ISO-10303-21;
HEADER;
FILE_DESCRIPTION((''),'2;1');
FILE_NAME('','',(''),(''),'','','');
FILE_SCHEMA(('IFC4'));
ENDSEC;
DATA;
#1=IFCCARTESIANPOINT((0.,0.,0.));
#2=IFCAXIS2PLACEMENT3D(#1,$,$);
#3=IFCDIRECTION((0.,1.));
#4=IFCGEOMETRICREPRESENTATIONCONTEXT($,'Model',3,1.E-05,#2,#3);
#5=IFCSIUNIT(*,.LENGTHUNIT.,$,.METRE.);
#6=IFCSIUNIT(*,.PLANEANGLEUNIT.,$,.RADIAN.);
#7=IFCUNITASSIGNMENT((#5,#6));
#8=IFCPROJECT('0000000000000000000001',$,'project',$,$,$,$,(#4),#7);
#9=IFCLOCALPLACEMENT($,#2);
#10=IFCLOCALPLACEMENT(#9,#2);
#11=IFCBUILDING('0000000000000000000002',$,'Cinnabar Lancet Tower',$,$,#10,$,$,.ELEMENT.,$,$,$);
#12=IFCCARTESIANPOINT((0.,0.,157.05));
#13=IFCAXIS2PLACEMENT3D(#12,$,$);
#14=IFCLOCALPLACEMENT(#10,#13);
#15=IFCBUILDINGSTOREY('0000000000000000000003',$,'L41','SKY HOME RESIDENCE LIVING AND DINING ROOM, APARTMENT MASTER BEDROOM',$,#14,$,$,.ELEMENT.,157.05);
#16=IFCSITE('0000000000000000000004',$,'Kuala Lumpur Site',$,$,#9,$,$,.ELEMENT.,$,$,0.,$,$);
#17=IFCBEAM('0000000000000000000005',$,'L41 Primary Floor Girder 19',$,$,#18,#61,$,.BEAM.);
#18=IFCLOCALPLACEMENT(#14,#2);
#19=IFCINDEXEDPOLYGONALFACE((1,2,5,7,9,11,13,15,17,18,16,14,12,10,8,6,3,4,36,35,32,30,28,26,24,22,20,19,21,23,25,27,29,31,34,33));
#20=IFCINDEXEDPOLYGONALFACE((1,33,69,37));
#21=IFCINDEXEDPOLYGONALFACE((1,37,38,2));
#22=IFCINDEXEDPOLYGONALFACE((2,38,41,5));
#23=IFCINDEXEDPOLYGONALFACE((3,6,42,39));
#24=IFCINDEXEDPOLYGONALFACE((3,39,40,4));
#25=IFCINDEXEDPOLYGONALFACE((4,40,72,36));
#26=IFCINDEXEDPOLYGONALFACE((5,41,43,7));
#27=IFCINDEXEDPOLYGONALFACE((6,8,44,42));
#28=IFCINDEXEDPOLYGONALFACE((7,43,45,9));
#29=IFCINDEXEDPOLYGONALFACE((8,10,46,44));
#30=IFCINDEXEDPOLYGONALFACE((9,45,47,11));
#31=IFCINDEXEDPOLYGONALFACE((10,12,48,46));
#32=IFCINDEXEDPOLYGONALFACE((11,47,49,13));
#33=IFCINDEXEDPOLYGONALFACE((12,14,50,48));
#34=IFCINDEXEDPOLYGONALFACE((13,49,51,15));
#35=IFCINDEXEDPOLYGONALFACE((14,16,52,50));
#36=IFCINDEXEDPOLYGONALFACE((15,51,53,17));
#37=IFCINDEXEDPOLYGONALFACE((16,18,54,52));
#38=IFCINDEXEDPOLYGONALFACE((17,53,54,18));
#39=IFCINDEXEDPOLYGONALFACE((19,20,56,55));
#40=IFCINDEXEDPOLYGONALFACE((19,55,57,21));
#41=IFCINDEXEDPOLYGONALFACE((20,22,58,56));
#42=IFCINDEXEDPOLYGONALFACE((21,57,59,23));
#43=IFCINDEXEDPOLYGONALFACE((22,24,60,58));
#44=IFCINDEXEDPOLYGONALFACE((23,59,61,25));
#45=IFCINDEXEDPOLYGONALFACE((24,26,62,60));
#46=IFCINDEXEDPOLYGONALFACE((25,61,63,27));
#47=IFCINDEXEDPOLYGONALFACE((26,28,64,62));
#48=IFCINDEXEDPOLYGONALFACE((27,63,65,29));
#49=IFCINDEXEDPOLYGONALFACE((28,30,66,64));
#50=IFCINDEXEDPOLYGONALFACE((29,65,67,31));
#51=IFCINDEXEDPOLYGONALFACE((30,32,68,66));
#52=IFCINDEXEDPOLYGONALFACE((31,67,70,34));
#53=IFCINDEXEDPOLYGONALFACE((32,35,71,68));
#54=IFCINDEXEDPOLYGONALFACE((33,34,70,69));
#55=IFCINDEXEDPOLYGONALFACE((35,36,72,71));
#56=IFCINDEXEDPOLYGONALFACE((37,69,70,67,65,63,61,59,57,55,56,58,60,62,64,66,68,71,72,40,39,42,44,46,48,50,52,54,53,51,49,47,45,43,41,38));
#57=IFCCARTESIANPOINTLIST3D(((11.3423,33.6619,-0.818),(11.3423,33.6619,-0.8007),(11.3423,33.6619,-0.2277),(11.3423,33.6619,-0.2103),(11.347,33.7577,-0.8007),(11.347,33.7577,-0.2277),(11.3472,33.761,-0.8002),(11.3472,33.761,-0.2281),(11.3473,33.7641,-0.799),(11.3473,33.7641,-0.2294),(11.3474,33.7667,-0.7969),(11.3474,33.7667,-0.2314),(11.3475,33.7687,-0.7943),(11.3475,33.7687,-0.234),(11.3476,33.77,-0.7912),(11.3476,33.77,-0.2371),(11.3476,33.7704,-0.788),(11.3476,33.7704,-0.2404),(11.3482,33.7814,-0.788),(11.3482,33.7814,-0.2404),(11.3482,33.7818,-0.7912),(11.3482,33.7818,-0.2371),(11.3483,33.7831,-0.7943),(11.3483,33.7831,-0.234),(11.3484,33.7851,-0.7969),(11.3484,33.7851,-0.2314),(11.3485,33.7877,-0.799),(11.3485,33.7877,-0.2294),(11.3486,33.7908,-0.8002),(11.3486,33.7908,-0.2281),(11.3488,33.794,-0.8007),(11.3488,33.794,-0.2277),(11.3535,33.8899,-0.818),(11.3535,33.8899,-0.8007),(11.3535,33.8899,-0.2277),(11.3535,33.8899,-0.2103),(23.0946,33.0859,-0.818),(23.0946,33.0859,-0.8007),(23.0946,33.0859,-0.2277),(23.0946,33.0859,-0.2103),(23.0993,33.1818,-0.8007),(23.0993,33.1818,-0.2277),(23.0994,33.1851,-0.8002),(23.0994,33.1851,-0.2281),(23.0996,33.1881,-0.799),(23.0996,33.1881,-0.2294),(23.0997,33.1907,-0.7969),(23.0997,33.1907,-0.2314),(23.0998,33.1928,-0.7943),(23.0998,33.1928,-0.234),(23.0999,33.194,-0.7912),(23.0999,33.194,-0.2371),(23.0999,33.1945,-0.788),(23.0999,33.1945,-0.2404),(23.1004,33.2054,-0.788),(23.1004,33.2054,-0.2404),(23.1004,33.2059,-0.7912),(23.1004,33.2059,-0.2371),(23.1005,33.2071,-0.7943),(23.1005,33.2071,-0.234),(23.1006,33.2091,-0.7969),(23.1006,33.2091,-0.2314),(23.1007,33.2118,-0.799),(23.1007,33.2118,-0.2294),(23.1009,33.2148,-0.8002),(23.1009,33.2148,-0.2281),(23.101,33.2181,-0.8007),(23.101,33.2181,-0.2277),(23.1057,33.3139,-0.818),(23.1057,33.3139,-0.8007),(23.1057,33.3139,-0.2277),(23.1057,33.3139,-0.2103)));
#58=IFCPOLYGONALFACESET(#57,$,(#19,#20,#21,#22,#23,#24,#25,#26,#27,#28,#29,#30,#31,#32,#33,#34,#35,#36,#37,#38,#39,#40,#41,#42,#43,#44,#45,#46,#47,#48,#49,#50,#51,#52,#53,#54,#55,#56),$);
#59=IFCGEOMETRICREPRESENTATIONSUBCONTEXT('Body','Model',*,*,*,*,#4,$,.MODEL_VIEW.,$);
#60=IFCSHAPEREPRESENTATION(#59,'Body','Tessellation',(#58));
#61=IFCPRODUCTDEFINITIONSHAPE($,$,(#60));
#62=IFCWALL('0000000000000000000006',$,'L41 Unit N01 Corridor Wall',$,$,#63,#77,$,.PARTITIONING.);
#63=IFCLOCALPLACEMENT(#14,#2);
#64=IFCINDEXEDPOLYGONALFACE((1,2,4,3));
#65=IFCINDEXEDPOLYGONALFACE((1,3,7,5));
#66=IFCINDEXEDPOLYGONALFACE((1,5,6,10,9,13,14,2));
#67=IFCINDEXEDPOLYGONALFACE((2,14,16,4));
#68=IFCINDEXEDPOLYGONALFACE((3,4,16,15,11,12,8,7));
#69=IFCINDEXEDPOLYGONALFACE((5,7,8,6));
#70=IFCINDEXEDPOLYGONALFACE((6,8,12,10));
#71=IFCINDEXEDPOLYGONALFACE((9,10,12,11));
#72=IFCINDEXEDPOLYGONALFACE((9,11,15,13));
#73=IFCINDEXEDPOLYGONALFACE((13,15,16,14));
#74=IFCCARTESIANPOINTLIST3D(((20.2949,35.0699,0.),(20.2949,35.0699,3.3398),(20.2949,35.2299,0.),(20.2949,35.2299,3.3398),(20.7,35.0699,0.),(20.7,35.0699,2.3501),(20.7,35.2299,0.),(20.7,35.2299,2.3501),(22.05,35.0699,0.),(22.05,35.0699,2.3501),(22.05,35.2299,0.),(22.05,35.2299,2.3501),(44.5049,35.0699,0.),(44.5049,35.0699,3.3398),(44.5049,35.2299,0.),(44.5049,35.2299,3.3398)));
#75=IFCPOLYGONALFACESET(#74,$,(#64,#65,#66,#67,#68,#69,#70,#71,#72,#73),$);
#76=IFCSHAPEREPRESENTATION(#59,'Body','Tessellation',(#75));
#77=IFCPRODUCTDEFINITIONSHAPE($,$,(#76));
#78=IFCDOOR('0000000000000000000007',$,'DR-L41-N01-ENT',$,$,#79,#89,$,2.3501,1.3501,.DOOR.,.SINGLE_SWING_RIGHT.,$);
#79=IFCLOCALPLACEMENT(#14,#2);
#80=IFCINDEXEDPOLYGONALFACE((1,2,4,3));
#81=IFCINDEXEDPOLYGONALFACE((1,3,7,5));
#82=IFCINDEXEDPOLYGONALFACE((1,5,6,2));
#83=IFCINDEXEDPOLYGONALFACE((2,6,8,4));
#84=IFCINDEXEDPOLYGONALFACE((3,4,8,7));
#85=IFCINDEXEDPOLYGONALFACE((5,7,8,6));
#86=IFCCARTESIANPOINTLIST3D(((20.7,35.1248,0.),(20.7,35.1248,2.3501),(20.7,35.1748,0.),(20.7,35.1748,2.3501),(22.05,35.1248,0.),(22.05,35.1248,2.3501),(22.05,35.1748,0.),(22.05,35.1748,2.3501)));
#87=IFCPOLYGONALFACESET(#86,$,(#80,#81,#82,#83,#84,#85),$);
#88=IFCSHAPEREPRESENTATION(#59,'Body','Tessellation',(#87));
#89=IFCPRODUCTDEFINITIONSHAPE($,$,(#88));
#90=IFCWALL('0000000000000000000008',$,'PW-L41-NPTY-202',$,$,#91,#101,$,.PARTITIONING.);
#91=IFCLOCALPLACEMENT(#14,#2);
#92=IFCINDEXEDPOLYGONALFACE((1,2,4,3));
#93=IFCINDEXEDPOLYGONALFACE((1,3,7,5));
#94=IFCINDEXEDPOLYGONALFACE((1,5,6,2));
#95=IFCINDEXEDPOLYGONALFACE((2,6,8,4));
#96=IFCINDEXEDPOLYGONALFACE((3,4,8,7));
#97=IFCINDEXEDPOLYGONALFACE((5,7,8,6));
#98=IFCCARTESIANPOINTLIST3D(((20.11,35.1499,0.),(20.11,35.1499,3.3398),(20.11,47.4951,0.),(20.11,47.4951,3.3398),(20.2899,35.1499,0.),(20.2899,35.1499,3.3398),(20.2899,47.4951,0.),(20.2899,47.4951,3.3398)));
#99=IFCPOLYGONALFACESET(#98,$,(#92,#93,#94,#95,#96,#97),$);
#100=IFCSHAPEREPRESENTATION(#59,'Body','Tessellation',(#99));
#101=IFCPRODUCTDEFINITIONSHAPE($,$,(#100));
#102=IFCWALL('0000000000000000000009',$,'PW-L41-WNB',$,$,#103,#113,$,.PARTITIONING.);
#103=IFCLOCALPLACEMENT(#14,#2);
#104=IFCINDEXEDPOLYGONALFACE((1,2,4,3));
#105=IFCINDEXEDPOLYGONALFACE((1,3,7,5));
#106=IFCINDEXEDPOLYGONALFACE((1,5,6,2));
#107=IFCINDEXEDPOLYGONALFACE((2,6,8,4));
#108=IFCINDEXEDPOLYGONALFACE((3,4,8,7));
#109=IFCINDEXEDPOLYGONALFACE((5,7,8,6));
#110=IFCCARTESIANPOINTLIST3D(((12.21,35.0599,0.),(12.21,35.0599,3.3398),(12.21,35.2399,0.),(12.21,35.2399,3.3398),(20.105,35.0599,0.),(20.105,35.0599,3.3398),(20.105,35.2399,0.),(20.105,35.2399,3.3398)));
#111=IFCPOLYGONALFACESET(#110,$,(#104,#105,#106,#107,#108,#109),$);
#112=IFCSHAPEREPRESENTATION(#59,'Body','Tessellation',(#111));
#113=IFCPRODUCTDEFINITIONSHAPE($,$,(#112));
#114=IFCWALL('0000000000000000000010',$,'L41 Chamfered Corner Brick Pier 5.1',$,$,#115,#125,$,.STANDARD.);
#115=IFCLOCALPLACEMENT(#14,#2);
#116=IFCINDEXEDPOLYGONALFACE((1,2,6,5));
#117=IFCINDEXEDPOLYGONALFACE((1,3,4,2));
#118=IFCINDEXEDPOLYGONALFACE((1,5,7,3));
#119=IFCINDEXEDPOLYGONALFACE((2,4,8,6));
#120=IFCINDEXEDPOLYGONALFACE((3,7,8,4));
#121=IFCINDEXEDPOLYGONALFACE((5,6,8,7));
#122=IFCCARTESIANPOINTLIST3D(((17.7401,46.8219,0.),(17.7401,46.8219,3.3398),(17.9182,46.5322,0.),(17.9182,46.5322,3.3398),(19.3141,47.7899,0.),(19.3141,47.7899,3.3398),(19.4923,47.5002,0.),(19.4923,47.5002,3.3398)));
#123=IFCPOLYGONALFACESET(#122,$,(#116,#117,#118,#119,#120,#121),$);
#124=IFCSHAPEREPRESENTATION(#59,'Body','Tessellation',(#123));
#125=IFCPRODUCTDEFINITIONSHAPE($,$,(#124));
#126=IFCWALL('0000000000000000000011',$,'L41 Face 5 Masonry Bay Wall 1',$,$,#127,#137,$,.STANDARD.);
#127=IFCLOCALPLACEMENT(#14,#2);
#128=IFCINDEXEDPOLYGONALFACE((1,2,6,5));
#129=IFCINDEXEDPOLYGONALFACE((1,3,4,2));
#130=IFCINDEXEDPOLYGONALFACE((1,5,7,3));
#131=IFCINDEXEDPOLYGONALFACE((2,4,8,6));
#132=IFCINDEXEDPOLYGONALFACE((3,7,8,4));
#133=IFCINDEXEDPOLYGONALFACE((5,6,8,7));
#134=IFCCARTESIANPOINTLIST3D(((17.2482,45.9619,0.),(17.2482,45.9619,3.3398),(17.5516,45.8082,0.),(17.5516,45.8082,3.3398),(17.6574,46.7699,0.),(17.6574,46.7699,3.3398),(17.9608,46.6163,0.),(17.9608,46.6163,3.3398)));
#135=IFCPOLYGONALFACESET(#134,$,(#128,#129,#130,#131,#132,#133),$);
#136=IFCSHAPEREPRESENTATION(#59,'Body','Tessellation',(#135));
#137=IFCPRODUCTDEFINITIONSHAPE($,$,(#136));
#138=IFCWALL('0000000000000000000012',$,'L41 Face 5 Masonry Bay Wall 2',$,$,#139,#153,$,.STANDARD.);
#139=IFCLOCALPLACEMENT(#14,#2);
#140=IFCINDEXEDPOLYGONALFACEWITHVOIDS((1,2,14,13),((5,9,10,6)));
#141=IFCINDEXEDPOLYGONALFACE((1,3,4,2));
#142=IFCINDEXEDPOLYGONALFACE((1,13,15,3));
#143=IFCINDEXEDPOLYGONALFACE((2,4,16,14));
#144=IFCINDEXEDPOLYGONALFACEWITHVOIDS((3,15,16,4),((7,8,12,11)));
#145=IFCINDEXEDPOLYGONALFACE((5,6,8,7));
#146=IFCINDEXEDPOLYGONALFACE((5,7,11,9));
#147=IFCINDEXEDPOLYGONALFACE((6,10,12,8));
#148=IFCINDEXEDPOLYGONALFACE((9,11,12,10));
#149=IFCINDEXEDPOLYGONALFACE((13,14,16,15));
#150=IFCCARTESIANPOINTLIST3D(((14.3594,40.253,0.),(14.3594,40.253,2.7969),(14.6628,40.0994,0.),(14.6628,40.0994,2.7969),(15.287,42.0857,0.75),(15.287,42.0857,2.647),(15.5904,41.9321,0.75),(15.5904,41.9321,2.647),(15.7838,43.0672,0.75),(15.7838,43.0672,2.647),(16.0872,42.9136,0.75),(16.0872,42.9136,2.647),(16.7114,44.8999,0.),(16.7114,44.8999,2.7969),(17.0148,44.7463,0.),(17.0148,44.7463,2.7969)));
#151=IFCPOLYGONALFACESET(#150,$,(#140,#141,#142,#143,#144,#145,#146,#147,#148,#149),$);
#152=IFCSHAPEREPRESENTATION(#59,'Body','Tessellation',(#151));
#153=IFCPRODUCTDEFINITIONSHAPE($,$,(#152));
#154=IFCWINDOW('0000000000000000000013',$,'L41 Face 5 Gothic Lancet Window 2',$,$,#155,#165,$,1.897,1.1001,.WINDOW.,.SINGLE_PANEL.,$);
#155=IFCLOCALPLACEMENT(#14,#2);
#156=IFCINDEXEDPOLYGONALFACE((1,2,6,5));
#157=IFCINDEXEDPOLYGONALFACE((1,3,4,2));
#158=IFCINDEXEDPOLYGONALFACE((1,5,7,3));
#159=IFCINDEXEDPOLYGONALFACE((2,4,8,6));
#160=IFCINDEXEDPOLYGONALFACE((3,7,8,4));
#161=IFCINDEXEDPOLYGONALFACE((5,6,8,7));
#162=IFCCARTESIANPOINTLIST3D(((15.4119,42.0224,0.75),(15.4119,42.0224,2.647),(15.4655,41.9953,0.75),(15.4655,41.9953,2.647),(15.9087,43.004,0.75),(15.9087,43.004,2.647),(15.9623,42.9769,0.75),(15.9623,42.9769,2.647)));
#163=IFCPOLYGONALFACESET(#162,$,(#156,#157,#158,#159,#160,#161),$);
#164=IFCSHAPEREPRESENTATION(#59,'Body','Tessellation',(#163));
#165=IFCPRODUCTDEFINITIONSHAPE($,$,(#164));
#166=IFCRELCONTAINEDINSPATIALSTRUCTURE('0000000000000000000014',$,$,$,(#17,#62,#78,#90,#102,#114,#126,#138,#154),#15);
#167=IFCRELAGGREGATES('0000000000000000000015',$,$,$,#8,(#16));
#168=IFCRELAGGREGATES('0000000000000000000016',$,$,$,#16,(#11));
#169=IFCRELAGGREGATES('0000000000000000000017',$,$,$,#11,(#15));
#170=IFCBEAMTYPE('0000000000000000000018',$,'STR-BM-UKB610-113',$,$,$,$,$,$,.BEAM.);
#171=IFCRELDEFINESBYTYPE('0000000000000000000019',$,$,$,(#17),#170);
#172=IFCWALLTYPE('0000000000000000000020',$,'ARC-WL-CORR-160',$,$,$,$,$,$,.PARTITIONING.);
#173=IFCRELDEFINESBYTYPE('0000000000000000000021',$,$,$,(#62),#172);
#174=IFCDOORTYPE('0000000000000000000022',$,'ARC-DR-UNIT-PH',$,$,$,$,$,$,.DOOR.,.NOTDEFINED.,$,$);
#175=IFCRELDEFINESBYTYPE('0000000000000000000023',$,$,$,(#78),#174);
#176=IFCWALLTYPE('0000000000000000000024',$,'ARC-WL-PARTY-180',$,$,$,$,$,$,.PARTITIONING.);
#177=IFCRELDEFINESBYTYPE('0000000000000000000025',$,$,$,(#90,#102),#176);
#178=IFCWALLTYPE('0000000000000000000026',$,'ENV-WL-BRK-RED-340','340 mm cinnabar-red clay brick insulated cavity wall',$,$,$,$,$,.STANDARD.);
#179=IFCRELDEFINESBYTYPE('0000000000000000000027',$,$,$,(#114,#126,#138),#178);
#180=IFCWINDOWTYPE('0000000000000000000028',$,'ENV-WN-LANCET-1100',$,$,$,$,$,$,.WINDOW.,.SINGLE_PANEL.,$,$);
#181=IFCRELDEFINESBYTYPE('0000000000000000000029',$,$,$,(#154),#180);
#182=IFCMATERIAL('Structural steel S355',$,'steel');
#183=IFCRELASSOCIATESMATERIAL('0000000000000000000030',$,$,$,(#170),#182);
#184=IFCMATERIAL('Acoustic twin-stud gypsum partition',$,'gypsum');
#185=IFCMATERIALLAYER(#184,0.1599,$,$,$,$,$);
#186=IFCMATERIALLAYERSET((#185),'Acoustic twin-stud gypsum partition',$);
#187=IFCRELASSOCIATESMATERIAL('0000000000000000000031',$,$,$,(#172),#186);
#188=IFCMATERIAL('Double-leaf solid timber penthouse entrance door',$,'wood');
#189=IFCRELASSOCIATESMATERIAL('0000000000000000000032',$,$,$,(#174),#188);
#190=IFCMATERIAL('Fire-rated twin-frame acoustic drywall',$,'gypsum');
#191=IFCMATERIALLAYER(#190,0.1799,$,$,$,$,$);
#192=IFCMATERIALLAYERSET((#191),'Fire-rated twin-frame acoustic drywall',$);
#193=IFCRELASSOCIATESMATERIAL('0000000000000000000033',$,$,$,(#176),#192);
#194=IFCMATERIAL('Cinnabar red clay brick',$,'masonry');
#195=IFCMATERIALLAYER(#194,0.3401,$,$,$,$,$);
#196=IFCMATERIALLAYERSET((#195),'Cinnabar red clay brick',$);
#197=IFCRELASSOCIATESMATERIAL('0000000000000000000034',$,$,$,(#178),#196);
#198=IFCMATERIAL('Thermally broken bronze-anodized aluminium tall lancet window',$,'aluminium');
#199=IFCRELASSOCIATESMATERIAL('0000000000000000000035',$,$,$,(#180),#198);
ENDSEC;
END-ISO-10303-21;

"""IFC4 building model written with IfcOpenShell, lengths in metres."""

from ifc_helpers import new_model, si_unit, direction, frame, frame_2d, origin, origin_2d, place, context, subcontext, project, spatial, rectangle, i_section, extrude, material, layer, layer_set, material_profile, profile_set, type_object, element, fill, save


model = new_model("IFC4")

# Units and contexts
model_context = context("Model", 3, precision=1e-05, world=origin(), true_north=direction((0.0, 1.0)))
body_context = subcontext(model_context, "Body", "Model", "MODEL_VIEW")
ifc_project = project(units=[si_unit("LENGTHUNIT", "METRE"), si_unit("PLANEANGLEUNIT", "RADIAN")], contexts=[model_context])

# Site, building, storey
site_placement = place(None, origin())
site = spatial("IfcSite", under=ifc_project, at=site_placement, Name="Kuala Lumpur Site", CompositionType="ELEMENT", RefElevation=0.0)
building_placement = place(site_placement, origin())
building = spatial("IfcBuilding", under=site, at=building_placement, Name="Cinnabar Lancet Tower", CompositionType="ELEMENT")
storey_placement = place(building_placement, frame((0.0, 0.0, 157.05)))
storey = spatial("IfcBuildingStorey", under=building, at=storey_placement, Name="L41", Description="SKY HOME RESIDENCE LIVING AND DINING ROOM, APARTMENT MASTER BEDROOM", CompositionType="ELEMENT", Elevation=157.05)

# Beam
ifc_material_1 = material(Name="Structural steel S355", Category="steel")
ifc_material_profile_1 = material_profile(ifc_material_1, i_section(OverallWidth=0.2283, OverallDepth=0.6077, WebThickness=0.011, FlangeThickness=0.0173, FilletRadius=0.0127, at=origin_2d()), Name="UKB 610x229x113")
ifc_profile_set_1 = profile_set([ifc_material_profile_1], Name="Structural steel S355")
beam_type_1 = type_object("IfcBeamType", Name="STR-BM-UKB610-113", PredefinedType="BEAM", material=ifc_profile_set_1)
beam_1_placement = place(storey_placement, frame((11.3479, 33.7759, -0.5142), z_axis=(0.998801, -0.048947, 0.0), x_axis=(0.048947, 0.998801, 0.0)))
element("IfcBeam", 1, at=beam_1_placement, inside=storey, type_object=beam_type_1, Name="L41 Primary Floor Girder 19", PredefinedType="BEAM", context=body_context, shape_type="SweptSolid", body=[
    extrude(i_section(OverallWidth=0.2283, OverallDepth=0.6077, WebThickness=0.011, FlangeThickness=0.0173, FilletRadius=0.0127, at=origin_2d()), origin(), (0.0, 0.0, 1.0), 11.7664),
])

# Wall, opening, door
ifc_material_2 = material(Name="Acoustic twin-stud gypsum partition", Category="gypsum")
ifc_layer_1 = layer(ifc_material_2, 0.1599)
ifc_layer_set_1 = layer_set([ifc_layer_1], Name="Acoustic twin-stud gypsum partition")
wall_type_1 = type_object("IfcWallType", Name="ARC-WL-CORR-160", PredefinedType="PARTITIONING", material=ifc_layer_set_1)
wall_1_placement = place(storey_placement, frame((20.2949, 35.1499, 0.0), z_axis=(0.0, 0.0, 1.0), x_axis=(1.0, 0.0, 0.0)))
wall_1 = element("IfcWall", 2, at=wall_1_placement, inside=storey, type_object=wall_type_1, Name="L41 Unit N01 Corridor Wall", PredefinedType="PARTITIONING", context=body_context, shape_type="SweptSolid", body=[
    extrude(rectangle(XDim=24.21, YDim=0.1599, at=frame_2d((12.105, 0.0))), origin(), (0.0, 0.0, 1.0), 3.3398),
])
opening_1_placement = place(wall_1_placement, frame((0.405, 0.0, 0.0)))
opening_1 = element("IfcOpeningElement", 3, at=opening_1_placement, cuts=wall_1, PredefinedType="OPENING", context=body_context, shape_type="SweptSolid", body=[
    extrude(rectangle(XDim=1.3501, YDim=2.3501, at=frame_2d((0.675, 1.175))), frame((0.0, 0.0898, 0.0), z_axis=(0.0, -1.0, 0.0), x_axis=(1.0, 0.0, 0.0)), (0.0, 0.0, 1.0), 0.1799),
])
ifc_material_3 = material(Name="Double-leaf solid timber penthouse entrance door", Category="wood")
door_type = type_object("IfcDoorType", Name="ARC-DR-UNIT-PH", OperationType="NOTDEFINED", PredefinedType="DOOR", material=ifc_material_3)
door_placement = place(opening_1_placement, origin())
door = element("IfcDoor", 4, at=door_placement, inside=storey, type_object=door_type, Name="DR-L41-N01-ENT", OperationType="SINGLE_SWING_RIGHT", OverallHeight=2.3501, OverallWidth=1.3501, PredefinedType="DOOR", context=body_context, shape_type="SweptSolid", body=[
    extrude(rectangle(XDim=1.3501, YDim=2.3501, at=frame_2d((0.675, 1.175))), frame((0.0, 0.0249, 0.0), z_axis=(0.0, -1.0, 0.0), x_axis=(1.0, 0.0, 0.0)), (0.0, 0.0, 1.0), 0.05),
])
fill(opening_1, door)

# Walls
ifc_material_4 = material(Name="Fire-rated twin-frame acoustic drywall", Category="gypsum")
ifc_layer_2 = layer(ifc_material_4, 0.1799)
ifc_layer_set_2 = layer_set([ifc_layer_2], Name="Fire-rated twin-frame acoustic drywall")
wall_type_2 = type_object("IfcWallType", Name="ARC-WL-PARTY-180", PredefinedType="PARTITIONING", material=ifc_layer_set_2)
wall_2_placement = place(storey_placement, frame((20.2, 35.1499, 0.0), z_axis=(0.0, 0.0, 1.0), x_axis=(0.0, 1.0, 0.0)))
element("IfcWall", 5, at=wall_2_placement, inside=storey, type_object=wall_type_2, Name="PW-L41-NPTY-202", PredefinedType="PARTITIONING", context=body_context, shape_type="SweptSolid", body=[
    extrude(rectangle(XDim=12.3452, YDim=0.1799, at=frame_2d((6.1726, 0.0))), origin(), (0.0, 0.0, 1.0), 3.3398),
])
wall_3_placement = place(storey_placement, frame((12.21, 35.1499, 0.0), z_axis=(0.0, 0.0, 1.0), x_axis=(1.0, 0.0, 0.0)))
element("IfcWall", 6, at=wall_3_placement, inside=storey, type_object=wall_type_2, Name="PW-L41-WNB", PredefinedType="PARTITIONING", context=body_context, shape_type="SweptSolid", body=[
    extrude(rectangle(XDim=7.895, YDim=0.1799, at=frame_2d((3.9475, 0.0))), origin(), (0.0, 0.0, 1.0), 3.3398),
])
ifc_material_5 = material(Name="Cinnabar red clay brick", Category="masonry")
ifc_layer_3 = layer(ifc_material_5, 0.3401)
ifc_layer_set_3 = layer_set([ifc_layer_3], Name="Cinnabar red clay brick")
wall_type_3 = type_object("IfcWallType", Name="ENV-WL-BRK-RED-340", Description="340 mm cinnabar-red clay brick insulated cavity wall", PredefinedType="STANDARD", material=ifc_layer_set_3)
wall_4_placement = place(storey_placement, frame((19.4031, 47.645, 0.0), z_axis=(0.0, 0.0, 1.0), x_axis=(-0.851799, -0.523869, 0.0)))
element("IfcWall", 7, at=wall_4_placement, inside=storey, type_object=wall_type_3, Name="L41 Chamfered Corner Brick Pier 5.1", PredefinedType="STANDARD", context=body_context, shape_type="SweptSolid", body=[
    extrude(rectangle(XDim=1.8479, YDim=0.3401, at=frame_2d((0.9238, 0.0))), origin(), (0.0, 0.0, 1.0), 3.3398),
])
wall_5_placement = place(storey_placement, frame((17.8091, 46.6931, 0.0), z_axis=(0.0, 0.0, 1.0), x_axis=(-0.451736, -0.892152, 0.0)))
element("IfcWall", 8, at=wall_5_placement, inside=storey, type_object=wall_type_3, Name="L41 Face 5 Masonry Bay Wall 1", PredefinedType="STANDARD", context=body_context, shape_type="SweptSolid", body=[
    extrude(rectangle(XDim=0.9058, YDim=0.3401, at=frame_2d((0.4529, 0.0))), origin(), (0.0, 0.0, 1.0), 3.3398),
])

# Wall, opening, window
wall_6_placement = place(storey_placement, frame((16.863, 44.823, 0.0), z_axis=(0.0, 0.0, 1.0), x_axis=(-0.451596, -0.892223, 0.0)))
wall_6 = element("IfcWall", 9, at=wall_6_placement, inside=storey, type_object=wall_type_3, Name="L41 Face 5 Masonry Bay Wall 2", PredefinedType="STANDARD", context=body_context, shape_type="SweptSolid", body=[
    extrude(rectangle(XDim=5.2083, YDim=0.3401, at=frame_2d((2.604, 0.0))), origin(), (0.0, 0.0, 1.0), 2.7969),
])
opening_2_placement = place(wall_6_placement, frame((2.054, 0.0, 0.75)))
opening_2 = element("IfcOpeningElement", 10, at=opening_2_placement, cuts=wall_6, PredefinedType="OPENING", context=body_context, shape_type="SweptSolid", body=[
    extrude(rectangle(XDim=1.1001, YDim=1.897, at=frame_2d((0.55, 0.9485))), frame((0.0, 0.1799, 0.0), z_axis=(0.0, -1.0, 0.0), x_axis=(1.0, 0.0, 0.0)), (0.0, 0.0, 1.0), 0.3601),
])
ifc_material_6 = material(Name="Thermally broken bronze-anodized aluminium tall lancet window", Category="aluminium")
window_type = type_object("IfcWindowType", Name="ENV-WN-LANCET-1100", PartitioningType="SINGLE_PANEL", PredefinedType="WINDOW", material=ifc_material_6)
window_1_placement = place(opening_2_placement, origin())
window_1 = element("IfcWindow", 11, at=window_1_placement, inside=storey, type_object=window_type, Name="L41 Face 5 Gothic Lancet Window 2", OverallHeight=1.897, OverallWidth=1.1001, PartitioningType="SINGLE_PANEL", PredefinedType="WINDOW", context=body_context, shape_type="SweptSolid", body=[
    extrude(rectangle(XDim=1.1001, YDim=1.897, at=frame_2d((0.55, 0.9485))), frame((0.0, 0.03, 0.0), z_axis=(0.0, -1.0, 0.0), x_axis=(1.0, 0.0, 0.0)), (0.0, 0.0, 1.0), 0.0601),
])
fill(opening_2, window_1)

save(model, "model.ifc")
